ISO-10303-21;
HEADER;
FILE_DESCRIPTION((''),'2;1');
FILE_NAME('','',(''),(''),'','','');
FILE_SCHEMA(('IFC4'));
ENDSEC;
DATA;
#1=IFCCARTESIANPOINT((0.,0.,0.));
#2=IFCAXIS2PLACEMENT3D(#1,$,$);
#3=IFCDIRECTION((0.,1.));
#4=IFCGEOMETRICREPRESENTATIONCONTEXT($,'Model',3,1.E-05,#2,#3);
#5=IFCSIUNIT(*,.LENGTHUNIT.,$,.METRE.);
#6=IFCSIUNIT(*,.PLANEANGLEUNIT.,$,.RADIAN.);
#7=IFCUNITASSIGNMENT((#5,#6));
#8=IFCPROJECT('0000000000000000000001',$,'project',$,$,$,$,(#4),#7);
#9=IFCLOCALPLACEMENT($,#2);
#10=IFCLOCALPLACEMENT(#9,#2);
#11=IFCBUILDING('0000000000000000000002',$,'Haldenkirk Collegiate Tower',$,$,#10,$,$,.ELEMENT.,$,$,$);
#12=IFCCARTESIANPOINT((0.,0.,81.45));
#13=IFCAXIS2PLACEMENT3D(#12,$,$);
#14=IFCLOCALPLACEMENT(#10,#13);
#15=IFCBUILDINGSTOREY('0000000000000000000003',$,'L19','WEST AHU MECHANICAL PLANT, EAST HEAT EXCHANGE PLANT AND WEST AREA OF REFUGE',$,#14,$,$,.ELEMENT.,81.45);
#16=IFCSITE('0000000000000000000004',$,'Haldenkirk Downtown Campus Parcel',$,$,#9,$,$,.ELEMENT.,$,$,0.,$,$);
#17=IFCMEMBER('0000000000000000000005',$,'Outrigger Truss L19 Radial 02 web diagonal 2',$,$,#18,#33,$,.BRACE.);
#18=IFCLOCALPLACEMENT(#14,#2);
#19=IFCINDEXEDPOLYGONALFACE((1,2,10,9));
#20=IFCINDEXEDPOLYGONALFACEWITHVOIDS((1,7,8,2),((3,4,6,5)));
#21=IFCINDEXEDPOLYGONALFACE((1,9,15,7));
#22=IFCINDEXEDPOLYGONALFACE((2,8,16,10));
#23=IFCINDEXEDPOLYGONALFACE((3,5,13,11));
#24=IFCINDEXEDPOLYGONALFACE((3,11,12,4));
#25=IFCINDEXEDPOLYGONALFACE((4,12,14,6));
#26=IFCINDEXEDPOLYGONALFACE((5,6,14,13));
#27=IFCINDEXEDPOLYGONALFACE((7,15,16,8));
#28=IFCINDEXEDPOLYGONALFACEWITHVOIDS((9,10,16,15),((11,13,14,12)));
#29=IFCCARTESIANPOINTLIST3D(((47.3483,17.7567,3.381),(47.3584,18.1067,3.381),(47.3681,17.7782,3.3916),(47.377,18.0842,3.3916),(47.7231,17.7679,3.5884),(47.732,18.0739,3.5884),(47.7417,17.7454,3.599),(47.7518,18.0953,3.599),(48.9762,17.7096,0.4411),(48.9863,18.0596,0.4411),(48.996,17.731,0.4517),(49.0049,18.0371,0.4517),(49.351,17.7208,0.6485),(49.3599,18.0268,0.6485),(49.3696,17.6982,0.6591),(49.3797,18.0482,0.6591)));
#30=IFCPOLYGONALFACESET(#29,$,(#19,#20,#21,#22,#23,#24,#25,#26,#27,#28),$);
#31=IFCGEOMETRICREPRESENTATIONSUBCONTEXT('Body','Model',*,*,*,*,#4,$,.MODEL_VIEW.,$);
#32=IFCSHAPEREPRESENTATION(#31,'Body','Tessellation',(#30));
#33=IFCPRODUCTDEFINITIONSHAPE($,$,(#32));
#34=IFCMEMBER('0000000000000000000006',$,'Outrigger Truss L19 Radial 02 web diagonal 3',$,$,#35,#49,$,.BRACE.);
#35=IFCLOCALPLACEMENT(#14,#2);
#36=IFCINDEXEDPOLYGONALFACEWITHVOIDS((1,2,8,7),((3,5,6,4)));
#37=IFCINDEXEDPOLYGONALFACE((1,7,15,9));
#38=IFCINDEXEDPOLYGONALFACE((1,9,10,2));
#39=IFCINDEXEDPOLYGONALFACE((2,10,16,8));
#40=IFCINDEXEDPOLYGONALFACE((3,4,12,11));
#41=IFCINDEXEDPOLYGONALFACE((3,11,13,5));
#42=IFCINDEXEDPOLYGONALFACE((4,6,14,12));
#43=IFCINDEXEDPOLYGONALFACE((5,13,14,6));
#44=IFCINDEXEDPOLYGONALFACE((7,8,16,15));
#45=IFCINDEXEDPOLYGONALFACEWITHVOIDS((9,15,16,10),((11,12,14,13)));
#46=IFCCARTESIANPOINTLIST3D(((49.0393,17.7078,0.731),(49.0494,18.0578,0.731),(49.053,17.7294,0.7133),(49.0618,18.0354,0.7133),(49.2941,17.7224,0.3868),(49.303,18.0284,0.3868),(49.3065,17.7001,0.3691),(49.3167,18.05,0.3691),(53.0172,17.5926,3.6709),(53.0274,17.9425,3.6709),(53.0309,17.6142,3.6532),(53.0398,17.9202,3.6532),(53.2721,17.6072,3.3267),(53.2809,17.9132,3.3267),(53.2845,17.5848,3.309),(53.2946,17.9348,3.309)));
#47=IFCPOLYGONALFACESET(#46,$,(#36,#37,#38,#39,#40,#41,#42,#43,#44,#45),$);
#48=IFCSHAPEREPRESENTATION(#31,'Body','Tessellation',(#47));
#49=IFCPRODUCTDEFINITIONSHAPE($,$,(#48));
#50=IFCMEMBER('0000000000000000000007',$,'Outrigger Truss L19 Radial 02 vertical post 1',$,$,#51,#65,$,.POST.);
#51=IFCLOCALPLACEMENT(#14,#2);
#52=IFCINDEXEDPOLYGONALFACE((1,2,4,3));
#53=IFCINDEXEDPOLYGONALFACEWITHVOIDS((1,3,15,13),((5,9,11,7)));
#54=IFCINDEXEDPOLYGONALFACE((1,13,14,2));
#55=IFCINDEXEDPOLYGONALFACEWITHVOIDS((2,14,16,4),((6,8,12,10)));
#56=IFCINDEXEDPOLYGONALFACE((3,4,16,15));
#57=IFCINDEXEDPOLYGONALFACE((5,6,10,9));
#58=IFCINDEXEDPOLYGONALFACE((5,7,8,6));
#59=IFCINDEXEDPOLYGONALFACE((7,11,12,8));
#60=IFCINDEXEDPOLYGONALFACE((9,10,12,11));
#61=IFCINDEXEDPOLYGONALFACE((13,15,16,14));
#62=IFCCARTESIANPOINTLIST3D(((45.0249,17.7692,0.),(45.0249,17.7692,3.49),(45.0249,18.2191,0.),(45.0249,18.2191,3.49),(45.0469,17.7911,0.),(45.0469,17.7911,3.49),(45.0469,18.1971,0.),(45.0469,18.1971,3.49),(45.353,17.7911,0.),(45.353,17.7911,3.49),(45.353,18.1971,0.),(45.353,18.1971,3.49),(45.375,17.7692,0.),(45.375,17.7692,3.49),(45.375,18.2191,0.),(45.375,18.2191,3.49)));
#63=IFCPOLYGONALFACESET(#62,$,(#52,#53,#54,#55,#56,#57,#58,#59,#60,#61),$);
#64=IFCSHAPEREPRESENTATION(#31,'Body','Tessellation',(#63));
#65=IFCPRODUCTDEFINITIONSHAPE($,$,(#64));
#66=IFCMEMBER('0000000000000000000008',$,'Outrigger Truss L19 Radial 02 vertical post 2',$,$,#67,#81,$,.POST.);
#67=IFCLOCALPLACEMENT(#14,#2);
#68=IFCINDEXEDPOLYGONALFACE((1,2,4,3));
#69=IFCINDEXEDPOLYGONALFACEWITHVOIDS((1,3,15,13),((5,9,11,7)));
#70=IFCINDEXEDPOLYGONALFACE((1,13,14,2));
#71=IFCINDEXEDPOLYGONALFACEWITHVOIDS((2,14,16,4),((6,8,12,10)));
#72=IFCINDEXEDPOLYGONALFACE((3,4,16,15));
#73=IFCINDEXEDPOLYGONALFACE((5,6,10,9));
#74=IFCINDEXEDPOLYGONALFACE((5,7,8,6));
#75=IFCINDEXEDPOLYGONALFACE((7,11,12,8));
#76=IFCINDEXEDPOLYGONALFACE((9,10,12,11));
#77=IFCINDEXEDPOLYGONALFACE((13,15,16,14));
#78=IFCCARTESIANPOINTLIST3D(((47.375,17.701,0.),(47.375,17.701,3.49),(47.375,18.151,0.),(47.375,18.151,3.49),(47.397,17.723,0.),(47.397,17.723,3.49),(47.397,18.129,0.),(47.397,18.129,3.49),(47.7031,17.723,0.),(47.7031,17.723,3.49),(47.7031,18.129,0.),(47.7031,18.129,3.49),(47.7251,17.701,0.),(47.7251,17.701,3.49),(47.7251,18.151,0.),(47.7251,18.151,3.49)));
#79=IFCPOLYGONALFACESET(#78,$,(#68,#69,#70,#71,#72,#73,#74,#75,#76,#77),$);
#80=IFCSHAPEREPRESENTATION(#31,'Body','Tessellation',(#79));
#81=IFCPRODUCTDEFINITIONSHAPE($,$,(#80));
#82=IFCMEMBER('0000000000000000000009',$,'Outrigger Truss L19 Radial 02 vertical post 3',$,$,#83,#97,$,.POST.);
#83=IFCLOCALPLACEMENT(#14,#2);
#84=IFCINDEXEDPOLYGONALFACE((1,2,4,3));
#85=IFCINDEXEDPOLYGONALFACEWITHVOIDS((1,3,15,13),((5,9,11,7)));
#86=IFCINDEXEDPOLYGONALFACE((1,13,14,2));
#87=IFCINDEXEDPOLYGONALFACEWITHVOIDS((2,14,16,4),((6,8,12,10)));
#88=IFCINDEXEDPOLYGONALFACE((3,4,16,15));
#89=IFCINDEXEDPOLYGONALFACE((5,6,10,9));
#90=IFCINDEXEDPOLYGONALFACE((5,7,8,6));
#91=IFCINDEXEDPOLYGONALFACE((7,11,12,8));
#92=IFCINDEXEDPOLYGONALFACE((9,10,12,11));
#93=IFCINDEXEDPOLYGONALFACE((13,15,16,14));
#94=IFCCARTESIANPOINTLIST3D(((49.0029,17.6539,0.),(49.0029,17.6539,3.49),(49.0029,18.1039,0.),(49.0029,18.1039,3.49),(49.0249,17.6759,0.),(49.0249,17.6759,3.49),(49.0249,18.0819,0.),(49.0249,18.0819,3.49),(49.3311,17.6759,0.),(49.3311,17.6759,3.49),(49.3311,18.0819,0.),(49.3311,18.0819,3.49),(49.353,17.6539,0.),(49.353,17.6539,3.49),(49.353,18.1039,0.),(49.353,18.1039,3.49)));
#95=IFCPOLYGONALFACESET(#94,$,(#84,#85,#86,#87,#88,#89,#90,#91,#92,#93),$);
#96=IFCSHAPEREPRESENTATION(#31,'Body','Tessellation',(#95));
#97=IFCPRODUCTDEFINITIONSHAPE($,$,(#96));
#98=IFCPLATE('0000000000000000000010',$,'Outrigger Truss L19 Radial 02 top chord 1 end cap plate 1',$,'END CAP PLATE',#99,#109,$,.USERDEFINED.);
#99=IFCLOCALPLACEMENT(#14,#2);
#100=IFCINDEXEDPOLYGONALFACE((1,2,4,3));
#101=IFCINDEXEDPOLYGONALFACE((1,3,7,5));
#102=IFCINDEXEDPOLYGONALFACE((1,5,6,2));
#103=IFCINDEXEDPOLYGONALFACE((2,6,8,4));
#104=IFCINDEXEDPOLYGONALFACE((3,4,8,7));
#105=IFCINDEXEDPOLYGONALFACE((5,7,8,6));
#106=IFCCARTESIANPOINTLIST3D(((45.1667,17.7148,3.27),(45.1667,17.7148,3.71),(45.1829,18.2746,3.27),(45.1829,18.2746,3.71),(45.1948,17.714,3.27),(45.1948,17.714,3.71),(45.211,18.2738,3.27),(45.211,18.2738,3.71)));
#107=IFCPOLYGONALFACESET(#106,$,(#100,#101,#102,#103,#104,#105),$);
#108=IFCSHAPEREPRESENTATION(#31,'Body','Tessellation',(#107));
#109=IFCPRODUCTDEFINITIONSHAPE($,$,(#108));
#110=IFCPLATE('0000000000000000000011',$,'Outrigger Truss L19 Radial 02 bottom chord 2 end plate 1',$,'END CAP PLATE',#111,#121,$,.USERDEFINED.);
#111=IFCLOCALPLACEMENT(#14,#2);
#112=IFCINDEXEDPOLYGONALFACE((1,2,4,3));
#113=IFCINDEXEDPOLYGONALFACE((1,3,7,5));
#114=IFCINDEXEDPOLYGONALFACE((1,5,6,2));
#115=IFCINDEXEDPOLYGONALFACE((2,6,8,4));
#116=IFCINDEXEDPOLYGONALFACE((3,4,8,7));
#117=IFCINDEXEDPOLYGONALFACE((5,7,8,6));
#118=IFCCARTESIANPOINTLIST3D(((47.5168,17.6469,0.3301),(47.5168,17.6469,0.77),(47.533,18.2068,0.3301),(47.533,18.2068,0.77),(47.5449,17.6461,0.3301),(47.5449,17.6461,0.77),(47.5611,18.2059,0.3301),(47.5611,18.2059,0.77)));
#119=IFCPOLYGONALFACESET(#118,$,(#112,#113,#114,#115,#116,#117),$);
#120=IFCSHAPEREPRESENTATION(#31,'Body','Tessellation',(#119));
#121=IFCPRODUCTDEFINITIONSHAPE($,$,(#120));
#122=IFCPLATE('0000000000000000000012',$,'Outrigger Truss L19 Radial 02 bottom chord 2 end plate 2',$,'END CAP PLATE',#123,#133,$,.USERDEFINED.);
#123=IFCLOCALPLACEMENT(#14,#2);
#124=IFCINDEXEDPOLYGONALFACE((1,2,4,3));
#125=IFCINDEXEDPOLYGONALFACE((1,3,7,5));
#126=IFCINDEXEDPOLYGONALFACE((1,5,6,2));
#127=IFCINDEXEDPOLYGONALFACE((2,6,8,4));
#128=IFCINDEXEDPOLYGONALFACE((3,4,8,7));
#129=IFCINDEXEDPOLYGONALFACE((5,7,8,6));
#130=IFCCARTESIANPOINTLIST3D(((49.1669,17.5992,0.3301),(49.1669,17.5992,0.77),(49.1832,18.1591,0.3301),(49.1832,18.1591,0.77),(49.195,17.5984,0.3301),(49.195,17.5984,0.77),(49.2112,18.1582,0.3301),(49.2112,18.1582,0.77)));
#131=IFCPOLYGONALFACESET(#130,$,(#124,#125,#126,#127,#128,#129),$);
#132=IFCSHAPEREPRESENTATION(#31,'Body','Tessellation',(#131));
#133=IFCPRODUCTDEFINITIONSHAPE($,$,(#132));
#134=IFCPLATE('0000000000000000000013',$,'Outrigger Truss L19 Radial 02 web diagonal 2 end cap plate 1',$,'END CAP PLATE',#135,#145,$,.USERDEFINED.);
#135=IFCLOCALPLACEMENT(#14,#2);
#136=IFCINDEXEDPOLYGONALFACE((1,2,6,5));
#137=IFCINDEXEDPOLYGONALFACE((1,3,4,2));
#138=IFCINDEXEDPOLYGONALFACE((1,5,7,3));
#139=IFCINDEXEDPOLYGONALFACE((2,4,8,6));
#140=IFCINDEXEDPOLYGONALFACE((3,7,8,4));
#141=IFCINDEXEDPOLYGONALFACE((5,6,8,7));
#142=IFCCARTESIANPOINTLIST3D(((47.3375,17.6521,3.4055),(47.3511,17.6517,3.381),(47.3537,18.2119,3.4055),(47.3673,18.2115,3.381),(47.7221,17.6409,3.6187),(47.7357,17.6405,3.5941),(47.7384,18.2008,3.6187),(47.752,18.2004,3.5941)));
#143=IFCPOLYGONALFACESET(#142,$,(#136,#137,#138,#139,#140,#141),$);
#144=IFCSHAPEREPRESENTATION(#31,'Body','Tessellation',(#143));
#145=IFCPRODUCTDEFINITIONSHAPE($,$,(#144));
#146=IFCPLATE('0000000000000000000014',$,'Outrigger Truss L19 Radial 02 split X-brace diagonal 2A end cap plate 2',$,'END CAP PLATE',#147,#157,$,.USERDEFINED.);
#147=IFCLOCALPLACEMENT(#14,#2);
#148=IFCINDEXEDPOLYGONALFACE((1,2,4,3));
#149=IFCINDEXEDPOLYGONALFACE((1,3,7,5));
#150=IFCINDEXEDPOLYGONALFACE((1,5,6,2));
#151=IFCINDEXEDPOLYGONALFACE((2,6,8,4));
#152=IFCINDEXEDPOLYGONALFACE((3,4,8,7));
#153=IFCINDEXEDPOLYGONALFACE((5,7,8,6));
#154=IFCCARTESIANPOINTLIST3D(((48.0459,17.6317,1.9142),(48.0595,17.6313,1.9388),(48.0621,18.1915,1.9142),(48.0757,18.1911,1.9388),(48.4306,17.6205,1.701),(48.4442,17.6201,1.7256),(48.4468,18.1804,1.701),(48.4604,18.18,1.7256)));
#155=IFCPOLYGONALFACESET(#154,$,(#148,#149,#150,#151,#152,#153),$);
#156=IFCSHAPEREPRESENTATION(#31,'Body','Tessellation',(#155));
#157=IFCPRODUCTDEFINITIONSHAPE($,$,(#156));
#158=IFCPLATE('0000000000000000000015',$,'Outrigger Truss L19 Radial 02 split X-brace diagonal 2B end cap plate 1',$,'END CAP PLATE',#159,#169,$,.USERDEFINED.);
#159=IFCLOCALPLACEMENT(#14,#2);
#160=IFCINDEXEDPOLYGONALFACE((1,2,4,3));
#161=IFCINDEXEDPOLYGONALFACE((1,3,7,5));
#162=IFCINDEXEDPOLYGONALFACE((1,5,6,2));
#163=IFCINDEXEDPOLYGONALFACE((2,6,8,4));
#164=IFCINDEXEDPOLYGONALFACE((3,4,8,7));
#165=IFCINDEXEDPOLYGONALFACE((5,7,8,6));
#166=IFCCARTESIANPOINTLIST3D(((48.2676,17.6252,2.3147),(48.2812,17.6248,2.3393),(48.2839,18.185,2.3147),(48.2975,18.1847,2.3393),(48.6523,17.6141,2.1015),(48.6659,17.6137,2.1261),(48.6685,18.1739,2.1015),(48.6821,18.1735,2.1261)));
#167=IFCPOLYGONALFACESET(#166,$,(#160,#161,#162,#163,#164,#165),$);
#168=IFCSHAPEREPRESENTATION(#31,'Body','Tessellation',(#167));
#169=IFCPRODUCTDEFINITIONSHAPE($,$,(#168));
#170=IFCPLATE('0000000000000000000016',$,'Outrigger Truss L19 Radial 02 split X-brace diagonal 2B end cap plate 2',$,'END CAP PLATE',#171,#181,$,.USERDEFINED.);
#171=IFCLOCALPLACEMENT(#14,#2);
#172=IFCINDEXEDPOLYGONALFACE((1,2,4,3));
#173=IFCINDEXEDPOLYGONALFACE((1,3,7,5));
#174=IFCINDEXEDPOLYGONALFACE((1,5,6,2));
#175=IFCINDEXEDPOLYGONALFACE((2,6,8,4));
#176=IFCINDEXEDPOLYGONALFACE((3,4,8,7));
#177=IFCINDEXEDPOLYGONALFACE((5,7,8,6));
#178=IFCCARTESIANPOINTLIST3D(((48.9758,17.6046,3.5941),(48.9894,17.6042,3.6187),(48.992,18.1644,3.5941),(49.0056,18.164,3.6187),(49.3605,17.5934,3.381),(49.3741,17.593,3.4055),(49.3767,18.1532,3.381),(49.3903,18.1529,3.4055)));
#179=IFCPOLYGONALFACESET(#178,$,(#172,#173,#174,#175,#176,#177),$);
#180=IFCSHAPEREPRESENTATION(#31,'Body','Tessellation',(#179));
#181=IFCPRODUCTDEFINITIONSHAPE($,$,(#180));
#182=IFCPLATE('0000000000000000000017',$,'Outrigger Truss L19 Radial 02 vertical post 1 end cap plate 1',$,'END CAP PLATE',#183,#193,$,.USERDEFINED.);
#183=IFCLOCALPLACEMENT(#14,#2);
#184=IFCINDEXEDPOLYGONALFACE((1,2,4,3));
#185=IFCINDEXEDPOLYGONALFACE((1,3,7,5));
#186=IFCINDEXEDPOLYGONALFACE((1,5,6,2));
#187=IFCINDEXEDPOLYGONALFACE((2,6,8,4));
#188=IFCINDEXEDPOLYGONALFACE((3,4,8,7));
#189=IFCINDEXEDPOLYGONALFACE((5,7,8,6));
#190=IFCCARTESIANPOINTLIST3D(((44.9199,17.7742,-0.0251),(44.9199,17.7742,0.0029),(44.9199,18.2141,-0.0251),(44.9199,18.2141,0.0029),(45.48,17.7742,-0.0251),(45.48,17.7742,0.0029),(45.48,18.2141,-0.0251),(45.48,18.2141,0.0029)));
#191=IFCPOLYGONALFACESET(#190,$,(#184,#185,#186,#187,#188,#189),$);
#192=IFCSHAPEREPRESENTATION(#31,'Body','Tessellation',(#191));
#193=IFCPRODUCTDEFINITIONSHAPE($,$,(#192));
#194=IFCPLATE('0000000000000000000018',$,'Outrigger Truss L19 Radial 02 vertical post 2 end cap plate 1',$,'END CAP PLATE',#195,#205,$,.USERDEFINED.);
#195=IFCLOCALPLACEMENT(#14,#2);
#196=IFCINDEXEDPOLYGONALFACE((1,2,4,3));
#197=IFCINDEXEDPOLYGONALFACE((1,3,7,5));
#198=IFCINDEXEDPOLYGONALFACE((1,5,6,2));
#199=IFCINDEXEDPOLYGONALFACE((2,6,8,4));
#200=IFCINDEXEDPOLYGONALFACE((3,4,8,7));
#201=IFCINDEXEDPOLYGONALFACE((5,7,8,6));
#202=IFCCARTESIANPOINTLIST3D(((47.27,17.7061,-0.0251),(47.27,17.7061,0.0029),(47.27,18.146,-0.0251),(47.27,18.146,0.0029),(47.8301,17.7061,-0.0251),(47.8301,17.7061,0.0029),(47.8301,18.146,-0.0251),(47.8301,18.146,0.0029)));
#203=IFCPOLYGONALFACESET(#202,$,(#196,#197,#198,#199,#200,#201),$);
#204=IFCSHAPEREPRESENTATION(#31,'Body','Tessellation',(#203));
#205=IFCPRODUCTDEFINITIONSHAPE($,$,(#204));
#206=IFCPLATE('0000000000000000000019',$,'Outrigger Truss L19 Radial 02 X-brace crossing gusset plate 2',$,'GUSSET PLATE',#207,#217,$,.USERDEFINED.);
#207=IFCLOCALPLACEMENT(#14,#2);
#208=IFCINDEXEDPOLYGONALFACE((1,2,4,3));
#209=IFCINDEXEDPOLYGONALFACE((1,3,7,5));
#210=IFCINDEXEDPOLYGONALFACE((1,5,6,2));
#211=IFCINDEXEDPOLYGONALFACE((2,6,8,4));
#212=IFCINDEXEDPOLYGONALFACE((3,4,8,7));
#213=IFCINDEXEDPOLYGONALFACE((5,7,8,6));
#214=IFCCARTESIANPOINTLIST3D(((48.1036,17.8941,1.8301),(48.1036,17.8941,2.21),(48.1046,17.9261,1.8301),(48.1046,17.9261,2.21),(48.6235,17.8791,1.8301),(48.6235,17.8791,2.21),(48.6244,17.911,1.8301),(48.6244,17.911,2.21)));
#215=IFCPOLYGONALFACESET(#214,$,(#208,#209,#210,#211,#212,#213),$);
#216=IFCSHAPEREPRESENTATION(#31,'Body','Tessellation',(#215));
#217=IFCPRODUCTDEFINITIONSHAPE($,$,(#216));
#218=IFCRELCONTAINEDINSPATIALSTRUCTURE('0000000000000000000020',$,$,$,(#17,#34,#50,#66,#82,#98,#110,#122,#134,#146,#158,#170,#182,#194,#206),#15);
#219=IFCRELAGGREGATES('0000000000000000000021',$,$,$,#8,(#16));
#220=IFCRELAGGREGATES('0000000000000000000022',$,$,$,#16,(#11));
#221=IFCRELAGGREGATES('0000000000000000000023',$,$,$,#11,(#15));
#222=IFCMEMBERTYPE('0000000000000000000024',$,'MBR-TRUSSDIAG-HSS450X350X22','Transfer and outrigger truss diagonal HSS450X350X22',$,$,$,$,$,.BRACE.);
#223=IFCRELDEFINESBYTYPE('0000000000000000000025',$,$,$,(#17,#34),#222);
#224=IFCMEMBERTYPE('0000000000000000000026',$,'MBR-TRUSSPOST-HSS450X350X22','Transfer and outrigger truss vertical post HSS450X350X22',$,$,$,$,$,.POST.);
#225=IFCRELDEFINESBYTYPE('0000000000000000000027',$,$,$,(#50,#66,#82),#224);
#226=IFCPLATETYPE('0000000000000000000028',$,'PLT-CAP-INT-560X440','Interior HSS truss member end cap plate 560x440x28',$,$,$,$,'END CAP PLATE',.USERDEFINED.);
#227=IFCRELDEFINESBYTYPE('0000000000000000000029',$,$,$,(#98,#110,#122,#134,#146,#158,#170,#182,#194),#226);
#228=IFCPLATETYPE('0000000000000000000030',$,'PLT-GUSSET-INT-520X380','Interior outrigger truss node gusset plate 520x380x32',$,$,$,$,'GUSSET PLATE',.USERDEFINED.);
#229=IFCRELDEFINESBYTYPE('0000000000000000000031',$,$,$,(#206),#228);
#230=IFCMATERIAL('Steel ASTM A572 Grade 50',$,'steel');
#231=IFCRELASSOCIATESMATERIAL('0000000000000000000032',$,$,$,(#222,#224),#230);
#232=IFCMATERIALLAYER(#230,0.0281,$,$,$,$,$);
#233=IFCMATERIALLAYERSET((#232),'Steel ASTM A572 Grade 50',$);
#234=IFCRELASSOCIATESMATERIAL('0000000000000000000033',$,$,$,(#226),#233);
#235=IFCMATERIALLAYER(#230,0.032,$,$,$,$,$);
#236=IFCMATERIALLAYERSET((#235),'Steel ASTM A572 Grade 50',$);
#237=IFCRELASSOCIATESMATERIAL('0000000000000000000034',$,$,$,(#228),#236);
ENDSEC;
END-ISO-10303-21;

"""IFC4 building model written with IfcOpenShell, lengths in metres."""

from ifc_helpers import new_model, si_unit, direction, frame, origin, origin_2d, place, context, subcontext, project, spatial, rectangle, hollow_rectangle, extrude, source, transform, mapped, material, layer, layer_set, material_profile, profile_set, type_object, element, save


model = new_model("IFC4")

# Units and contexts
model_context = context("Model", 3, precision=1e-05, world=origin(), true_north=direction((0.0, 1.0)))
body_context = subcontext(model_context, "Body", "Model", "MODEL_VIEW")
ifc_project = project(units=[si_unit("LENGTHUNIT", "METRE"), si_unit("PLANEANGLEUNIT", "RADIAN")], contexts=[model_context])

# Site, building, storey
site_placement = place(None, origin())
site = spatial("IfcSite", under=ifc_project, at=site_placement, Name="Haldenkirk Downtown Campus Parcel", CompositionType="ELEMENT", RefElevation=0.0)
building_placement = place(site_placement, origin())
building = spatial("IfcBuilding", under=site, at=building_placement, Name="Haldenkirk Collegiate Tower", CompositionType="ELEMENT")
storey_placement = place(building_placement, frame((0.0, 0.0, 81.45)))
storey = spatial("IfcBuildingStorey", under=building, at=storey_placement, Name="L19", Description="WEST AHU MECHANICAL PLANT, EAST HEAT EXCHANGE PLANT AND WEST AREA OF REFUGE", CompositionType="ELEMENT", Elevation=81.45)

# Members
ifc_material_1 = material(Name="Steel ASTM A572 Grade 50", Category="steel")
ifc_material_profile_1 = material_profile(ifc_material_1, hollow_rectangle(XDim=0.3501, YDim=0.45, WallThickness=0.022, at=origin_2d()), Name="HSS450X350X22")
ifc_profile_set_1 = profile_set([ifc_material_profile_1], Name="Steel ASTM A572 Grade 50")
member_type_1 = type_object("IfcMemberType", Name="MBR-TRUSSDIAG-HSS450X350X22", Description="Transfer and outrigger truss diagonal HSS450X350X22", PredefinedType="BRACE", material=ifc_profile_set_1)
member_1_placement = place(storey_placement, frame((47.55, 17.926, 3.49), z_axis=(0.484374, -0.01402, -0.874749), x_axis=(0.028932, 0.999581, 0.0)))
element("IfcMember", 1, at=member_1_placement, inside=storey, type_object=member_type_1, Name="Outrigger Truss L19 Radial 02 web diagonal 2", PredefinedType="BRACE", context=body_context, shape_type="SweptSolid", body=[
    extrude(hollow_rectangle(XDim=0.3501, YDim=0.45, WallThickness=0.022, at=origin_2d()), origin(), (0.0, 0.0, 1.0), 3.3608),
])
member_2_placement = place(storey_placement, frame((49.178, 17.8789, 0.55), z_axis=(0.803991, -0.02329, 0.594185), x_axis=(0.028956, 0.999581, 0.0)))
element("IfcMember", 2, at=member_2_placement, inside=storey, type_object=member_type_1, Name="Outrigger Truss L19 Radial 02 web diagonal 3", PredefinedType="BRACE", context=body_context, shape_type="SweptSolid", body=[
    extrude(hollow_rectangle(XDim=0.3501, YDim=0.45, WallThickness=0.022, at=origin_2d()), origin(), (0.0, 0.0, 1.0), 4.9478),
])
ifc_material_profile_2 = material_profile(ifc_material_1, hollow_rectangle(XDim=0.3501, YDim=0.45, WallThickness=0.022, at=origin_2d()), Name="HSS450X350X22")
ifc_profile_set_2 = profile_set([ifc_material_profile_2], Name="Steel ASTM A572 Grade 50")
member_type_2 = type_object("IfcMemberType", Name="MBR-TRUSSPOST-HSS450X350X22", Description="Transfer and outrigger truss vertical post HSS450X350X22", PredefinedType="POST", material=ifc_profile_set_2)
for number, where, z_axis, x_axis, name in (
    (3, (45.2, 17.9941, 0.0), (0.0, 0.0, 1.0), (1.0, 0.0, 0.0), "Outrigger Truss L19 Radial 02 vertical post 1"),
    (4, (47.55, 17.926, 0.0), (0.0, 0.0, 1.0), (1.0, 0.0, 0.0), "Outrigger Truss L19 Radial 02 vertical post 2"),
    (5, (49.178, 17.8789, 0.0), (0.0, 0.0, 1.0), (1.0, 0.0, 0.0), "Outrigger Truss L19 Radial 02 vertical post 3"),
):
    element("IfcMember", number, at=place(storey_placement, frame(where, z_axis=z_axis, x_axis=x_axis)), inside=storey, type_object=member_type_2, Name=name, PredefinedType="POST", context=body_context, shape_type="SweptSolid", body=[
        extrude(hollow_rectangle(XDim=0.3501, YDim=0.45, WallThickness=0.022, at=origin_2d()), origin(), (0.0, 0.0, 1.0), 3.49),
    ])

# Plates
ifc_layer_1 = layer(ifc_material_1, 0.0281)
ifc_layer_set_1 = layer_set([ifc_layer_1], Name="Steel ASTM A572 Grade 50")
plate_type_1 = type_object("IfcPlateType", Name="PLT-CAP-INT-560X440", Description="Interior HSS truss member end cap plate 560x440x28", ElementType="END CAP PLATE", PredefinedType="USERDEFINED", material=ifc_layer_set_1)
shared_shape_1 = source(origin(), body_context, "Body", "SweptSolid", [
    extrude(rectangle(XDim=0.5601, YDim=0.4399, at=origin_2d()), origin(), (0.0, 0.0, 1.0), 0.0281),
])
for number, where, z_axis, x_axis, name in (
    (6, (45.2029, 17.9939, 3.49), (-0.99958, 0.028965, 0.0), (-0.028965, -0.99958, 0.0), "Outrigger Truss L19 Radial 02 top chord 1 end cap plate 1"),
    (7, (47.553, 17.926, 0.55), (-0.99958, 0.028978, 0.0), (-0.028978, -0.99958, 0.0), "Outrigger Truss L19 Radial 02 bottom chord 2 end plate 1"),
    (8, (49.175, 17.8792, 0.55), (0.99958, -0.028978, 0.0), (0.028978, 0.99958, 0.0), "Outrigger Truss L19 Radial 02 bottom chord 2 end plate 2"),
    (9, (47.5515, 17.926, 3.4875), (-0.484359, 0.014044, 0.874756), (-0.028982, -0.99958, 0.0), "Outrigger Truss L19 Radial 02 web diagonal 2 end cap plate 1"),
    (10, (48.2463, 17.906, 1.8076), (0.484398, -0.014022, 0.874735), (0.028936, 0.999581, 0.0), "Outrigger Truss L19 Radial 02 split X-brace diagonal 2A end cap plate 2"),
    (11, (48.4817, 17.8992, 2.2327), (-0.484345, 0.014023, -0.874765), (-0.02894, -0.999581, 0.0), "Outrigger Truss L19 Radial 02 split X-brace diagonal 2B end cap plate 1"),
    (12, (49.1763, 17.8789, 3.4875), (0.484345, -0.014023, 0.874765), (0.02894, 0.999581, 0.0), "Outrigger Truss L19 Radial 02 split X-brace diagonal 2B end cap plate 2"),
    (13, (45.2, 17.9941, 0.0029), (0.0, 0.0, -1.0), (1.0, 0.0, 0.0), "Outrigger Truss L19 Radial 02 vertical post 1 end cap plate 1"),
    (14, (47.55, 17.926, 0.0029), (0.0, 0.0, -1.0), (1.0, 0.0, 0.0), "Outrigger Truss L19 Radial 02 vertical post 2 end cap plate 1"),
):
    element("IfcPlate", number, at=place(storey_placement, frame(where, z_axis=z_axis, x_axis=x_axis)), inside=storey, type_object=plate_type_1, Name=name, ObjectType="END CAP PLATE", PredefinedType="USERDEFINED", context=body_context, shape_type="MappedRepresentation", body=[
        mapped(shared_shape_1, transform((0.0, 0.0, 0.0), x_axis=(1.0, 0.0, 0.0), y_axis=(0.0, 1.0, 0.0), z_axis=(0.0, 0.0, 1.0), scale=1.0)),
    ])
ifc_layer_2 = layer(ifc_material_1, 0.032)
ifc_layer_set_2 = layer_set([ifc_layer_2], Name="Steel ASTM A572 Grade 50")
plate_type_2 = type_object("IfcPlateType", Name="PLT-GUSSET-INT-520X380", Description="Interior outrigger truss node gusset plate 520x380x32", ElementType="GUSSET PLATE", PredefinedType="USERDEFINED", material=ifc_layer_set_2)
shared_shape_2 = source(origin(), body_context, "Body", "SweptSolid", [
    extrude(rectangle(XDim=0.52, YDim=0.032, at=origin_2d()), origin(), (0.0, 0.0, 1.0), 0.3799),
])
for number, where, z_axis, x_axis, name in (
    (15, (48.364, 17.9026, 1.8301), (0.0, 0.0, 1.0), (0.99958, -0.028978, 0.0), "Outrigger Truss L19 Radial 02 X-brace crossing gusset plate 2"),
):
    element("IfcPlate", number, at=place(storey_placement, frame(where, z_axis=z_axis, x_axis=x_axis)), inside=storey, type_object=plate_type_2, Name=name, ObjectType="GUSSET PLATE", PredefinedType="USERDEFINED", context=body_context, shape_type="MappedRepresentation", body=[
        mapped(shared_shape_2, transform((0.0, 0.0, 0.0), x_axis=(1.0, 0.0, 0.0), y_axis=(0.0, 1.0, 0.0), z_axis=(0.0, 0.0, 1.0), scale=1.0)),
    ])

save(model, "model.ifc")
